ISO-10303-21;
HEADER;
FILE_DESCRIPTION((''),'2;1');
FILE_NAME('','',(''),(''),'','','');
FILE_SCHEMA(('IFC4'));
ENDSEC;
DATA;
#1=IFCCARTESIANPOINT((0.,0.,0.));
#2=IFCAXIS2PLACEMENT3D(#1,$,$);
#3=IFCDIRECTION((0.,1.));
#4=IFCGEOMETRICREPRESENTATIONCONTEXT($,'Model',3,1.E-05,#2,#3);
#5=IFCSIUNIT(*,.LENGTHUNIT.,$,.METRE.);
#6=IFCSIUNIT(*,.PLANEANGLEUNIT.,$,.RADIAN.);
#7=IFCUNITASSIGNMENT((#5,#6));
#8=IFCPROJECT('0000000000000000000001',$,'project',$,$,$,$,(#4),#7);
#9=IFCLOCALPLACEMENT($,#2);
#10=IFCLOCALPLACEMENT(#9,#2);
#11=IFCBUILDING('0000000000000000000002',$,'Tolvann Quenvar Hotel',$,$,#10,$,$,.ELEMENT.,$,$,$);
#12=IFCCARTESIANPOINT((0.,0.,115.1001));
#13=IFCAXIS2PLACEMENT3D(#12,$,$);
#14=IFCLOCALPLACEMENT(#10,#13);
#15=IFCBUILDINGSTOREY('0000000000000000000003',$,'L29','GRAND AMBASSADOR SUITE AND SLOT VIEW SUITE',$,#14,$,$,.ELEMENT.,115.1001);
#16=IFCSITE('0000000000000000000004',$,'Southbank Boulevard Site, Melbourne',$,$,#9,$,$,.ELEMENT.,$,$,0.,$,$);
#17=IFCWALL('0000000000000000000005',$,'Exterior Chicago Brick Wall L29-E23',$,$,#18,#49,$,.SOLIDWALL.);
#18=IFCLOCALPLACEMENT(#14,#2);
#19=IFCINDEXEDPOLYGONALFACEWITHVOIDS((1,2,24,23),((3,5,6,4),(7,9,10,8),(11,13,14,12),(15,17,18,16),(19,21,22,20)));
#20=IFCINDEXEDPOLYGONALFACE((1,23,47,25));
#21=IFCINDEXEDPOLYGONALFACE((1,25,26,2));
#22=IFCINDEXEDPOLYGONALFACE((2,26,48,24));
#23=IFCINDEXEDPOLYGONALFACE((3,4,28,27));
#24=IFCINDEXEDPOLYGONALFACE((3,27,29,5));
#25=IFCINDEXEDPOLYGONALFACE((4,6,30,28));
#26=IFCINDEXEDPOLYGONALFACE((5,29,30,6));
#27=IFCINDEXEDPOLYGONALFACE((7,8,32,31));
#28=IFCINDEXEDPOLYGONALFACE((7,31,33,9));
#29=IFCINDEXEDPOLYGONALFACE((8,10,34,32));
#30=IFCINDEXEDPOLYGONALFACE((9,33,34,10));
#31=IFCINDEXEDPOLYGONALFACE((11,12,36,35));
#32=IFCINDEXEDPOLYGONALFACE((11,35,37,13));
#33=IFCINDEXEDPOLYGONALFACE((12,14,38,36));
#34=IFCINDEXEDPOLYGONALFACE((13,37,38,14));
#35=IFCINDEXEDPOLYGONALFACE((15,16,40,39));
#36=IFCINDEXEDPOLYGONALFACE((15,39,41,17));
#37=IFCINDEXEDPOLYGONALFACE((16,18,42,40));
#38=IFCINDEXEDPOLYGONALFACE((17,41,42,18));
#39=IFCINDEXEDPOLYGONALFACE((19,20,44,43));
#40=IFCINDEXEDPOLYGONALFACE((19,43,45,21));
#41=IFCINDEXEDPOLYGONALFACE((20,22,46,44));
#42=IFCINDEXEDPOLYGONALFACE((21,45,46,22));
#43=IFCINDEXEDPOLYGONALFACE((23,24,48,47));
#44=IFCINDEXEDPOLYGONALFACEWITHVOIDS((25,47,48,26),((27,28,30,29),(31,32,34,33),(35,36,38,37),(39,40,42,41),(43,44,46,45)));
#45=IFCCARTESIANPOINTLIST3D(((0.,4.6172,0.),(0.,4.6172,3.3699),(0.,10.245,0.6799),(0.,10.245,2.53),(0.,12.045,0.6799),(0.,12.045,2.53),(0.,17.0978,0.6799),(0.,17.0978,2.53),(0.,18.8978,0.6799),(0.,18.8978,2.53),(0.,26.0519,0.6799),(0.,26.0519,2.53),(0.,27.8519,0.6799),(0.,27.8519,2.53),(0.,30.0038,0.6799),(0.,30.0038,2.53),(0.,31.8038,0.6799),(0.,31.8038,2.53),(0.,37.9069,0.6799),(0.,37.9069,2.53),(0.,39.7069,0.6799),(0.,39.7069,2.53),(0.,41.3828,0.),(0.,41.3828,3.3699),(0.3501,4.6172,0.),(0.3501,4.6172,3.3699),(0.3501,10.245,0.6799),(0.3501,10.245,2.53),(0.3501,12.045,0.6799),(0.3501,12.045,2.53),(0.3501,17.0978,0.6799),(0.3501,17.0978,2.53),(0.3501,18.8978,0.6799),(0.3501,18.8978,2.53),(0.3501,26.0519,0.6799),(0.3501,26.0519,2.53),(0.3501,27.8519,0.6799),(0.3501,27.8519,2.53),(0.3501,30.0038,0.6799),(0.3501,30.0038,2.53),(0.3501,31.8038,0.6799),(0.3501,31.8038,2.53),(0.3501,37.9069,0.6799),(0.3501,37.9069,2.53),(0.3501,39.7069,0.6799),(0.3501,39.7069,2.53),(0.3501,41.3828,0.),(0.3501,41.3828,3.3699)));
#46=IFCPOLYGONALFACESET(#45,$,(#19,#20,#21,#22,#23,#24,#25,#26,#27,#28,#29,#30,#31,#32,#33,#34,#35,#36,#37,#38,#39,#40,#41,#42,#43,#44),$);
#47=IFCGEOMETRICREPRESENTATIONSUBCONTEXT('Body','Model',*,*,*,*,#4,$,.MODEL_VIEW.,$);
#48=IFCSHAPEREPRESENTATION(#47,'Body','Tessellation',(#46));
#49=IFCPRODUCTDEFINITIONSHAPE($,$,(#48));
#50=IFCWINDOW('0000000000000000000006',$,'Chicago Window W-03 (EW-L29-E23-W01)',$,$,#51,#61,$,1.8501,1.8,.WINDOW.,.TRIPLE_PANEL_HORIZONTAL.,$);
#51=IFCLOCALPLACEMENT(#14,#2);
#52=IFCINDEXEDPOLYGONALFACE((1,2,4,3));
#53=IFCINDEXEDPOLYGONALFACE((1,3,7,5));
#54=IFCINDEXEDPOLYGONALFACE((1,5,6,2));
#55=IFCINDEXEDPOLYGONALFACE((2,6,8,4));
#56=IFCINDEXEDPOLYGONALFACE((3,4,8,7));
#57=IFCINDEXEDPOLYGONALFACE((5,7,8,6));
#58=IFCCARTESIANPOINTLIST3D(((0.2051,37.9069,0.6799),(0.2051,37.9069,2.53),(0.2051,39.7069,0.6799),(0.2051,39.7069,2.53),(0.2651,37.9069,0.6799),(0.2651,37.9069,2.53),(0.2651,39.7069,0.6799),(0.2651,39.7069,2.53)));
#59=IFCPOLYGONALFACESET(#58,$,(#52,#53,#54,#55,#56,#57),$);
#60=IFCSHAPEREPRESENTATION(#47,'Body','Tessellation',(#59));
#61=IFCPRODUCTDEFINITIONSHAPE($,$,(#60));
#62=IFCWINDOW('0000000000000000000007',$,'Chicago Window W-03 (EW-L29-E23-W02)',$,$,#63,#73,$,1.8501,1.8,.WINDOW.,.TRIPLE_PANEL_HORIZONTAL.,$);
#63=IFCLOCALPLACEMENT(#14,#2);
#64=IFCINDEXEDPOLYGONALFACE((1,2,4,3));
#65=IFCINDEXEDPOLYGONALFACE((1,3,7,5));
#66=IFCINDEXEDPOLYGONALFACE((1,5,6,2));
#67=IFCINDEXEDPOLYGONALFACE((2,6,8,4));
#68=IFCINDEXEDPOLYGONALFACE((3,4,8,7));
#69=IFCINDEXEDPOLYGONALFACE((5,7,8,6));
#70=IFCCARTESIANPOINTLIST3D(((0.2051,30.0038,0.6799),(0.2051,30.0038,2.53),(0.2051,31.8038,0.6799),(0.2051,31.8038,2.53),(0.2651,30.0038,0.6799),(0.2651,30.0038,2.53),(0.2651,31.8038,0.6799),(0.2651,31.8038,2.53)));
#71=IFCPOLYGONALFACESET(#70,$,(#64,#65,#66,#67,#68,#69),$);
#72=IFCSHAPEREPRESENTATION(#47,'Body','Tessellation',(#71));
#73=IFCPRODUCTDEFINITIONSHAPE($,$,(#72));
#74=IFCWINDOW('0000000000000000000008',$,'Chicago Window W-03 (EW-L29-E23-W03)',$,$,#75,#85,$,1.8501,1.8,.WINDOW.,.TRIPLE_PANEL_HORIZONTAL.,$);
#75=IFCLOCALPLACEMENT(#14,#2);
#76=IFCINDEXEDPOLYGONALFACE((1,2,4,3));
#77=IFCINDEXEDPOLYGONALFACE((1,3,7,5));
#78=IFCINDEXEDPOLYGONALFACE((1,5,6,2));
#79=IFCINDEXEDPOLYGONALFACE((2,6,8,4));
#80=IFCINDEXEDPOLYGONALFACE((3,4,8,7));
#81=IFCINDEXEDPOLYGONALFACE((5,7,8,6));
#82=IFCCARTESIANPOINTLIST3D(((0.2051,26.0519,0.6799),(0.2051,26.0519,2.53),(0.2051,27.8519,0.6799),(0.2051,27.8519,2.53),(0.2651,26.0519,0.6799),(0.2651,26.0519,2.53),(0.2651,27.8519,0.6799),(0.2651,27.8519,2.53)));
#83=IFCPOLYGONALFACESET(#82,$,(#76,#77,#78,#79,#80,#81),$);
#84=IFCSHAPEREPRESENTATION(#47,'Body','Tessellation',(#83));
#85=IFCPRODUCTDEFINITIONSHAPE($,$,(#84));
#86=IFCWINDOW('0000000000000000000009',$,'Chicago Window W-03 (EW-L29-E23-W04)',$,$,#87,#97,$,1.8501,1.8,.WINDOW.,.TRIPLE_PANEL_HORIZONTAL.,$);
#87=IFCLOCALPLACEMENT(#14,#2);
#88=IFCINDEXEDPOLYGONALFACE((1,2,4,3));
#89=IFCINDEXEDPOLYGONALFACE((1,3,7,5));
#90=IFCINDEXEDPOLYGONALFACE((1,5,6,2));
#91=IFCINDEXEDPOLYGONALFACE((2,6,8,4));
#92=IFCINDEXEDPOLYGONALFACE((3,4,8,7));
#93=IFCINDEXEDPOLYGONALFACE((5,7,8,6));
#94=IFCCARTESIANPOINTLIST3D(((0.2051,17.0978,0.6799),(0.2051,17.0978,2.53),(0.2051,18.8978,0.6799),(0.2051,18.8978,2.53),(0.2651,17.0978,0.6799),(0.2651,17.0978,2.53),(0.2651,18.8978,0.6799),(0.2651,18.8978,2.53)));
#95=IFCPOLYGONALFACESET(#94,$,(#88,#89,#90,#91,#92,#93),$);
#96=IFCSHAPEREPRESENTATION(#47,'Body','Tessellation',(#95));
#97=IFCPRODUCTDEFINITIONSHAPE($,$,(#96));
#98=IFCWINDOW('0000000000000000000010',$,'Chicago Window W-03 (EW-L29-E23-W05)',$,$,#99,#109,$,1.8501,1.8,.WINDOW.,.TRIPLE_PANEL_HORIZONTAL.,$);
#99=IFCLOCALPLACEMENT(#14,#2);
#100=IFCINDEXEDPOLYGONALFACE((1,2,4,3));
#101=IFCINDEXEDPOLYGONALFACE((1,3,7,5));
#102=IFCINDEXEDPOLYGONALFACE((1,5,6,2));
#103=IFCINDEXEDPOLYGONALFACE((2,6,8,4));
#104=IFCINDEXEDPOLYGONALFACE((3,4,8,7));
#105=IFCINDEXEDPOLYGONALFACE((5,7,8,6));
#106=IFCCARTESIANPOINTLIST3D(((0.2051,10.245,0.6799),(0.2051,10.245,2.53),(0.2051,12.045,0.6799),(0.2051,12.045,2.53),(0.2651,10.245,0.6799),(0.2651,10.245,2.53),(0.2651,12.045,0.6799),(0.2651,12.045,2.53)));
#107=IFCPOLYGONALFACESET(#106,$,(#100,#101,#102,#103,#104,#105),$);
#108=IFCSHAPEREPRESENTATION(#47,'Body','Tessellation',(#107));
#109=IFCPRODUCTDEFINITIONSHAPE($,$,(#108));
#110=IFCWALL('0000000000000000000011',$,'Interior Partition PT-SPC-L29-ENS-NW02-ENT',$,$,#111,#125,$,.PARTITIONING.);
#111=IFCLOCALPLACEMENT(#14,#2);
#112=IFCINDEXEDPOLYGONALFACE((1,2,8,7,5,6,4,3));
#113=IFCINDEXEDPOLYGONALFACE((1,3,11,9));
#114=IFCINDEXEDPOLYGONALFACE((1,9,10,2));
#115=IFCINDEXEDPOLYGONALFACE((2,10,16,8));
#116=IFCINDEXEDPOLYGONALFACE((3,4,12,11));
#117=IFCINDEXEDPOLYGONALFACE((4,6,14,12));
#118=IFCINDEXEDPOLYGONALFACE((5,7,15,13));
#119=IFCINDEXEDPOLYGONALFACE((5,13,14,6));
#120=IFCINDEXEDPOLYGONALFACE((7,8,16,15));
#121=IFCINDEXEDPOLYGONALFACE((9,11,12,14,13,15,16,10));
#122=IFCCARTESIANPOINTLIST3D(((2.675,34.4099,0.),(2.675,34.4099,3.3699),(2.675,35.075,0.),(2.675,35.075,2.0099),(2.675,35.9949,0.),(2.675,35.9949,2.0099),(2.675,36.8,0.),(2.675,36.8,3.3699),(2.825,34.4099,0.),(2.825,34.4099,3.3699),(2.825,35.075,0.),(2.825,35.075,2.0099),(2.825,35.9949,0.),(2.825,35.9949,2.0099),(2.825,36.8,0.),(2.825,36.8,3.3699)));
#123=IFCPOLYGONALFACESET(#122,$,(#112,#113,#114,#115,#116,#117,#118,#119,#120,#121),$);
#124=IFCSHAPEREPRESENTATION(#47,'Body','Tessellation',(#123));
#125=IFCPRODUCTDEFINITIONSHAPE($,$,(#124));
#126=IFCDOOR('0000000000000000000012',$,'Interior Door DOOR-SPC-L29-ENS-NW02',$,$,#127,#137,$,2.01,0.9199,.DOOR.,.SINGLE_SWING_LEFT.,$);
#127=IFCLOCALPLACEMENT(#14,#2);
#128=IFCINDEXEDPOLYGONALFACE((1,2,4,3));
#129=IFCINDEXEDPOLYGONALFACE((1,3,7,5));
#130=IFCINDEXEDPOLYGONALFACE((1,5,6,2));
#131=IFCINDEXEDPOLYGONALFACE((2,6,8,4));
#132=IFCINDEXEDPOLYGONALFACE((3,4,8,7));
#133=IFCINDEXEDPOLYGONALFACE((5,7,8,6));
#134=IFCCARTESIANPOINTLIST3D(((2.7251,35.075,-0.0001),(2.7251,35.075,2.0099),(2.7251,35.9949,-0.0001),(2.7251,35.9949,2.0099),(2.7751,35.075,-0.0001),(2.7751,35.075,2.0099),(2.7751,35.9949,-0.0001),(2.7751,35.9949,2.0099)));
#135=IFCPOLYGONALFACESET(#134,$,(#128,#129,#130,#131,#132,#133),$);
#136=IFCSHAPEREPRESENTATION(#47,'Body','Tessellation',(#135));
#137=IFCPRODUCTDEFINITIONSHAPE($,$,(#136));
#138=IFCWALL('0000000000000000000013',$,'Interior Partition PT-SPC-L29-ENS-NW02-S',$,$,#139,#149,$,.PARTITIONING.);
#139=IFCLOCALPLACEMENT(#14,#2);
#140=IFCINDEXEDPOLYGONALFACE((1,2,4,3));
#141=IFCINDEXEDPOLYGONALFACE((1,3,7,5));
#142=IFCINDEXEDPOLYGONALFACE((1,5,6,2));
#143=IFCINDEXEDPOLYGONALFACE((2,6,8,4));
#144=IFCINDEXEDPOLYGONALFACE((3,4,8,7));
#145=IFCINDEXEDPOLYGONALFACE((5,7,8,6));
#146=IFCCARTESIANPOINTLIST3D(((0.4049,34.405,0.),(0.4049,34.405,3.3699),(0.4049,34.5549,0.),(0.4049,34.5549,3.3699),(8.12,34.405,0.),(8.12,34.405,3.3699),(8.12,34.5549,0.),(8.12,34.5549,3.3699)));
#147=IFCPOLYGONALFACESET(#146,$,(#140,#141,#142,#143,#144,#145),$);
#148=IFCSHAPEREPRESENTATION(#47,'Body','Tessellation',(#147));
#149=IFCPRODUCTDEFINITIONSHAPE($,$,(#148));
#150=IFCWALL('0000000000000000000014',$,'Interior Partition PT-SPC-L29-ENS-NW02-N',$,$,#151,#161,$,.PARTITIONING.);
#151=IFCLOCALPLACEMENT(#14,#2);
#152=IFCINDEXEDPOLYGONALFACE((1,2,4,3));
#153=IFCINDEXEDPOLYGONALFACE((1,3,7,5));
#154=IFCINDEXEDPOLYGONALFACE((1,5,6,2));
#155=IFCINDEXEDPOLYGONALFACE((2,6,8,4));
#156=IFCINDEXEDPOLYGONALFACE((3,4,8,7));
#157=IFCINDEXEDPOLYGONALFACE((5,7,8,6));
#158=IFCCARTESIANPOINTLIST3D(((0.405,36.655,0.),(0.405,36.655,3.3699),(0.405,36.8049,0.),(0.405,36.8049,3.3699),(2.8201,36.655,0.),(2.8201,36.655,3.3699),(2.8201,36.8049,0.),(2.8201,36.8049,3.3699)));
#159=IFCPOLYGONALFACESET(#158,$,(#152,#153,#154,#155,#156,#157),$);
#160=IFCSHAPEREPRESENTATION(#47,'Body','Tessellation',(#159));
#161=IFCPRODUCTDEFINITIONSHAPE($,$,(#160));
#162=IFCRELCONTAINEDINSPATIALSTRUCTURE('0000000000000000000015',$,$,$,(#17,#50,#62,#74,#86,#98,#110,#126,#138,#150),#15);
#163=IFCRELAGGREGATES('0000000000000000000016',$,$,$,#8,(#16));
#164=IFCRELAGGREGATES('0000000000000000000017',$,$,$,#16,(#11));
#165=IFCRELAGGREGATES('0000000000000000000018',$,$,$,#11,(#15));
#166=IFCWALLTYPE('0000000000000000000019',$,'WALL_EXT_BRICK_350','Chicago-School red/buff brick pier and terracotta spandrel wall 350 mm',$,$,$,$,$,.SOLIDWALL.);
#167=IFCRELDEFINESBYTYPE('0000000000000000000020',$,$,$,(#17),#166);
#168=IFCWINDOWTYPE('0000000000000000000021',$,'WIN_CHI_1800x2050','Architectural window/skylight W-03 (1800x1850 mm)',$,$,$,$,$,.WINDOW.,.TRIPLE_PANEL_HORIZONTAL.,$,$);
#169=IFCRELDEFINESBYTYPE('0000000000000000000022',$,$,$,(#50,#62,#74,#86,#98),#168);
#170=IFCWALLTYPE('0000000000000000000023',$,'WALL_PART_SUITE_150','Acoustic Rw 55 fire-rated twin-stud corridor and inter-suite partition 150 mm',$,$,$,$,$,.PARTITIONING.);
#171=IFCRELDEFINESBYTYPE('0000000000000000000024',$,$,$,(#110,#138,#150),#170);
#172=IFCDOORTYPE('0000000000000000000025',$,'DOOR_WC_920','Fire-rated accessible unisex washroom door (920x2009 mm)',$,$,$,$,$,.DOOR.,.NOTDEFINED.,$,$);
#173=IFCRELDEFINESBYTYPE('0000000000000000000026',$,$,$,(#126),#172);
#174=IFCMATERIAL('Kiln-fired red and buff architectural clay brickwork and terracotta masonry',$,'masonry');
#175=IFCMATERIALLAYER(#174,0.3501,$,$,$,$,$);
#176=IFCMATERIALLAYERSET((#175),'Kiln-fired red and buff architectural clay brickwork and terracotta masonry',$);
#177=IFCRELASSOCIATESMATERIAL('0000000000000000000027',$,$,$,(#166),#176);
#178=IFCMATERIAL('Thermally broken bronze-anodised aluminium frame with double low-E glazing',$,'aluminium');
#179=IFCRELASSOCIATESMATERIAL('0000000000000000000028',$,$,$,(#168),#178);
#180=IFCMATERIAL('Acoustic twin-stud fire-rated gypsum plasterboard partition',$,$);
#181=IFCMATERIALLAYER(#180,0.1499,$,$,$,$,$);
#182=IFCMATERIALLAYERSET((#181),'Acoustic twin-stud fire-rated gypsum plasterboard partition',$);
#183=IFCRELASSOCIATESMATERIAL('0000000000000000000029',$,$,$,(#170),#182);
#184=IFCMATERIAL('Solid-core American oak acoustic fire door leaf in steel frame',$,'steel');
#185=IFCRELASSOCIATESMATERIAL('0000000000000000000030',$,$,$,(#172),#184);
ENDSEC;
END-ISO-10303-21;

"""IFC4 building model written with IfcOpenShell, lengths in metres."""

from ifc_helpers import new_model, si_unit, direction, frame, frame_2d, origin, place, context, subcontext, project, spatial, rectangle, extrude, source, transform, mapped, material, layer, layer_set, type_object, type_shapes, element, fill, save


model = new_model("IFC4")

# Units and contexts
model_context = context("Model", 3, precision=1e-05, world=origin(), true_north=direction((0.0, 1.0)))
body_context = subcontext(model_context, "Body", "Model", "MODEL_VIEW")
ifc_project = project(units=[si_unit("LENGTHUNIT", "METRE"), si_unit("PLANEANGLEUNIT", "RADIAN")], contexts=[model_context])

# Site, building, storey
site_placement = place(None, origin())
site = spatial("IfcSite", under=ifc_project, at=site_placement, Name="Southbank Boulevard Site, Melbourne", CompositionType="ELEMENT", RefElevation=0.0)
building_placement = place(site_placement, origin())
building = spatial("IfcBuilding", under=site, at=building_placement, Name="Tolvann Quenvar Hotel", CompositionType="ELEMENT")
storey_placement = place(building_placement, frame((0.0, 0.0, 115.1001)))
storey = spatial("IfcBuildingStorey", under=building, at=storey_placement, Name="L29", Description="GRAND AMBASSADOR SUITE AND SLOT VIEW SUITE", CompositionType="ELEMENT", Elevation=115.1001)

# Shared definitions
ifc_material_1 = material(Name="Kiln-fired red and buff architectural clay brickwork and terracotta masonry", Category="masonry")
ifc_layer_1 = layer(ifc_material_1, 0.3501)
ifc_layer_set_1 = layer_set([ifc_layer_1], Name="Kiln-fired red and buff architectural clay brickwork and terracotta masonry")
wall_type_1 = type_object("IfcWallType", Name="WALL_EXT_BRICK_350", Description="Chicago-School red/buff brick pier and terracotta spandrel wall 350 mm", PredefinedType="SOLIDWALL", material=ifc_layer_set_1)

# Wall, openings, windows
wall_1_placement = place(storey_placement, frame((0.175, 41.3828, 0.0), z_axis=(0.0, 0.0, 1.0), x_axis=(0.0, -1.0, 0.0)))
wall_1 = element("IfcWall", 1, at=wall_1_placement, inside=storey, type_object=wall_type_1, Name="Exterior Chicago Brick Wall L29-E23", PredefinedType="SOLIDWALL", context=body_context, shape_type="SweptSolid", body=[
    extrude(rectangle(XDim=36.7656, YDim=0.3501, at=frame_2d((18.3828, 0.0))), origin(), (0.0, 0.0, 1.0), 3.3699),
])
opening_1_placement = place(wall_1_placement, frame((1.676, 0.0, 0.6799)))
opening_1 = element("IfcOpeningElement", 2, at=opening_1_placement, cuts=wall_1, PredefinedType="OPENING", context=body_context, shape_type="SweptSolid", body=[
    extrude(rectangle(XDim=1.8, YDim=1.8501, at=frame_2d((0.8999, 0.925))), frame((0.0, 0.1851, 0.0), z_axis=(0.0, -1.0, 0.0), x_axis=(1.0, 0.0, 0.0)), (0.0, 0.0, 1.0), 0.3701),
])
opening_2_placement = place(wall_1_placement, frame((9.5791, 0.0, 0.6799)))
opening_2 = element("IfcOpeningElement", 3, at=opening_2_placement, cuts=wall_1, PredefinedType="OPENING", context=body_context, shape_type="SweptSolid", body=[
    extrude(rectangle(XDim=1.8, YDim=1.8501, at=frame_2d((0.8999, 0.925))), frame((0.0, 0.1851, 0.0), z_axis=(0.0, -1.0, 0.0), x_axis=(1.0, 0.0, 0.0)), (0.0, 0.0, 1.0), 0.3701),
])
opening_3_placement = place(wall_1_placement, frame((13.531, 0.0, 0.6799)))
opening_3 = element("IfcOpeningElement", 4, at=opening_3_placement, cuts=wall_1, PredefinedType="OPENING", context=body_context, shape_type="SweptSolid", body=[
    extrude(rectangle(XDim=1.8, YDim=1.8501, at=frame_2d((0.8999, 0.925))), frame((0.0, 0.1851, 0.0), z_axis=(0.0, -1.0, 0.0), x_axis=(1.0, 0.0, 0.0)), (0.0, 0.0, 1.0), 0.3701),
])
opening_4_placement = place(wall_1_placement, frame((22.4851, 0.0, 0.6799)))
opening_4 = element("IfcOpeningElement", 5, at=opening_4_placement, cuts=wall_1, PredefinedType="OPENING", context=body_context, shape_type="SweptSolid", body=[
    extrude(rectangle(XDim=1.8, YDim=1.8501, at=frame_2d((0.8999, 0.925))), frame((0.0, 0.1851, 0.0), z_axis=(0.0, -1.0, 0.0), x_axis=(1.0, 0.0, 0.0)), (0.0, 0.0, 1.0), 0.3701),
])
opening_5_placement = place(wall_1_placement, frame((29.3379, 0.0, 0.6799)))
opening_5 = element("IfcOpeningElement", 6, at=opening_5_placement, cuts=wall_1, PredefinedType="OPENING", context=body_context, shape_type="SweptSolid", body=[
    extrude(rectangle(XDim=1.8, YDim=1.8501, at=frame_2d((0.8999, 0.925))), frame((0.0, 0.1851, 0.0), z_axis=(0.0, -1.0, 0.0), x_axis=(1.0, 0.0, 0.0)), (0.0, 0.0, 1.0), 0.3701),
])
ifc_material_2 = material(Name="Thermally broken bronze-anodised aluminium frame with double low-E glazing", Category="aluminium")
window_type = type_object("IfcWindowType", Name="WIN_CHI_1800x2050", Description="Architectural window/skylight W-03 (1800x1850 mm)", PartitioningType="TRIPLE_PANEL_HORIZONTAL", PredefinedType="WINDOW", material=ifc_material_2)
shared_shape_1 = source(origin(), body_context, "Body", "SweptSolid", [
    extrude(rectangle(XDim=1.8, YDim=1.8501, at=frame_2d((0.8999, 0.925))), frame((0.0, 0.0901, 0.0), z_axis=(0.0, -1.0, 0.0), x_axis=(1.0, 0.0, 0.0)), (0.0, 0.0, 1.0), 0.0601),
])
type_shapes(window_type, [shared_shape_1])
window_1_placement = place(opening_1_placement, origin())
window_1 = element("IfcWindow", 7, at=window_1_placement, inside=storey, type_object=window_type, Name="Chicago Window W-03 (EW-L29-E23-W01)", OverallHeight=1.8501, OverallWidth=1.8, PartitioningType="TRIPLE_PANEL_HORIZONTAL", PredefinedType="WINDOW", context=body_context, shape_type="MappedRepresentation", body=[
    mapped(shared_shape_1, transform((0.0, 0.0, 0.0), x_axis=(1.0, 0.0, 0.0), y_axis=(0.0, 1.0, 0.0), z_axis=(0.0, 0.0, 1.0), scale=1.0)),
])
fill(opening_1, window_1)
window_2_placement = place(opening_2_placement, origin())
window_2 = element("IfcWindow", 8, at=window_2_placement, inside=storey, type_object=window_type, Name="Chicago Window W-03 (EW-L29-E23-W02)", OverallHeight=1.8501, OverallWidth=1.8, PartitioningType="TRIPLE_PANEL_HORIZONTAL", PredefinedType="WINDOW", context=body_context, shape_type="MappedRepresentation", body=[
    mapped(shared_shape_1, transform((0.0, 0.0, 0.0), x_axis=(1.0, 0.0, 0.0), y_axis=(0.0, 1.0, 0.0), z_axis=(0.0, 0.0, 1.0), scale=1.0)),
])
fill(opening_2, window_2)
window_3_placement = place(opening_3_placement, origin())
window_3 = element("IfcWindow", 9, at=window_3_placement, inside=storey, type_object=window_type, Name="Chicago Window W-03 (EW-L29-E23-W03)", OverallHeight=1.8501, OverallWidth=1.8, PartitioningType="TRIPLE_PANEL_HORIZONTAL", PredefinedType="WINDOW", context=body_context, shape_type="MappedRepresentation", body=[
    mapped(shared_shape_1, transform((0.0, 0.0, 0.0), x_axis=(1.0, 0.0, 0.0), y_axis=(0.0, 1.0, 0.0), z_axis=(0.0, 0.0, 1.0), scale=1.0)),
])
fill(opening_3, window_3)
window_4_placement = place(opening_4_placement, origin())
window_4 = element("IfcWindow", 10, at=window_4_placement, inside=storey, type_object=window_type, Name="Chicago Window W-03 (EW-L29-E23-W04)", OverallHeight=1.8501, OverallWidth=1.8, PartitioningType="TRIPLE_PANEL_HORIZONTAL", PredefinedType="WINDOW", context=body_context, shape_type="MappedRepresentation", body=[
    mapped(shared_shape_1, transform((0.0, 0.0, 0.0), x_axis=(1.0, 0.0, 0.0), y_axis=(0.0, 1.0, 0.0), z_axis=(0.0, 0.0, 1.0), scale=1.0)),
])
fill(opening_4, window_4)
window_5_placement = place(opening_5_placement, origin())
window_5 = element("IfcWindow", 11, at=window_5_placement, inside=storey, type_object=window_type, Name="Chicago Window W-03 (EW-L29-E23-W05)", OverallHeight=1.8501, OverallWidth=1.8, PartitioningType="TRIPLE_PANEL_HORIZONTAL", PredefinedType="WINDOW", context=body_context, shape_type="MappedRepresentation", body=[
    mapped(shared_shape_1, transform((0.0, 0.0, 0.0), x_axis=(1.0, 0.0, 0.0), y_axis=(0.0, 1.0, 0.0), z_axis=(0.0, 0.0, 1.0), scale=1.0)),
])
fill(opening_5, window_5)

# Wall, opening, door
ifc_material_3 = material(Name="Acoustic twin-stud fire-rated gypsum plasterboard partition")
ifc_layer_2 = layer(ifc_material_3, 0.1499)
ifc_layer_set_2 = layer_set([ifc_layer_2], Name="Acoustic twin-stud fire-rated gypsum plasterboard partition")
wall_type_2 = type_object("IfcWallType", Name="WALL_PART_SUITE_150", Description="Acoustic Rw 55 fire-rated twin-stud corridor and inter-suite partition 150 mm", PredefinedType="PARTITIONING", material=ifc_layer_set_2)
wall_2_placement = place(storey_placement, frame((2.75, 34.4099, 0.0), z_axis=(0.0, 0.0, 1.0), x_axis=(0.0, 1.0, 0.0)))
wall_2 = element("IfcWall", 12, at=wall_2_placement, inside=storey, type_object=wall_type_2, Name="Interior Partition PT-SPC-L29-ENS-NW02-ENT", PredefinedType="PARTITIONING", context=body_context, shape_type="SweptSolid", body=[
    extrude(rectangle(XDim=2.3901, YDim=0.1499, at=frame_2d((1.1951, 0.0))), origin(), (0.0, 0.0, 1.0), 3.3699),
])
opening_6_placement = place(wall_2_placement, frame((0.665, 0.0, 0.0)))
opening_6 = element("IfcOpeningElement", 13, at=opening_6_placement, cuts=wall_2, PredefinedType="OPENING", context=body_context, shape_type="SweptSolid", body=[
    extrude(rectangle(XDim=0.9199, YDim=2.01, at=frame_2d((0.46, 1.0049))), frame((0.0, 0.085, 0.0), z_axis=(0.0, -1.0, 0.0), x_axis=(1.0, 0.0, 0.0)), (0.0, 0.0, 1.0), 0.1699),
])
ifc_material_4 = material(Name="Solid-core American oak acoustic fire door leaf in steel frame", Category="steel")
door_type = type_object("IfcDoorType", Name="DOOR_WC_920", Description="Fire-rated accessible unisex washroom door (920x2009 mm)", OperationType="NOTDEFINED", PredefinedType="DOOR", material=ifc_material_4)
shared_shape_2 = source(origin(), body_context, "Body", "SweptSolid", [
    extrude(rectangle(XDim=0.9199, YDim=2.01, at=frame_2d((0.46, 1.0049))), frame((0.0, 0.0249, 0.0), z_axis=(0.0, -1.0, 0.0), x_axis=(1.0, 0.0, 0.0)), (0.0, 0.0, 1.0), 0.05),
])
type_shapes(door_type, [shared_shape_2])
door_placement = place(opening_6_placement, origin())
door = element("IfcDoor", 14, at=door_placement, inside=storey, type_object=door_type, Name="Interior Door DOOR-SPC-L29-ENS-NW02", OperationType="SINGLE_SWING_LEFT", OverallHeight=2.01, OverallWidth=0.9199, PredefinedType="DOOR", context=body_context, shape_type="MappedRepresentation", body=[
    mapped(shared_shape_2, transform((0.0, 0.0, 0.0), x_axis=(1.0, 0.0, 0.0), y_axis=(0.0, 1.0, 0.0), z_axis=(0.0, 0.0, 1.0), scale=1.0)),
])
fill(opening_6, door)

# Walls
wall_3_placement = place(storey_placement, frame((0.405, 34.48, 0.0), z_axis=(0.0, 0.0, 1.0), x_axis=(1.0, 0.0, 0.0)))
element("IfcWall", 15, at=wall_3_placement, inside=storey, type_object=wall_type_2, Name="Interior Partition PT-SPC-L29-ENS-NW02-S", PredefinedType="PARTITIONING", context=body_context, shape_type="SweptSolid", body=[
    extrude(rectangle(XDim=7.7151, YDim=0.1499, at=frame_2d((3.8574, 0.0))), origin(), (0.0, 0.0, 1.0), 3.3699),
])
wall_4_placement = place(storey_placement, frame((0.405, 36.73, 0.0), z_axis=(0.0, 0.0, 1.0), x_axis=(1.0, 0.0, 0.0)))
element("IfcWall", 16, at=wall_4_placement, inside=storey, type_object=wall_type_2, Name="Interior Partition PT-SPC-L29-ENS-NW02-N", PredefinedType="PARTITIONING", context=body_context, shape_type="SweptSolid", body=[
    extrude(rectangle(XDim=2.415, YDim=0.1499, at=frame_2d((1.2075, 0.0))), origin(), (0.0, 0.0, 1.0), 3.3699),
])

save(model, "model.ifc")
